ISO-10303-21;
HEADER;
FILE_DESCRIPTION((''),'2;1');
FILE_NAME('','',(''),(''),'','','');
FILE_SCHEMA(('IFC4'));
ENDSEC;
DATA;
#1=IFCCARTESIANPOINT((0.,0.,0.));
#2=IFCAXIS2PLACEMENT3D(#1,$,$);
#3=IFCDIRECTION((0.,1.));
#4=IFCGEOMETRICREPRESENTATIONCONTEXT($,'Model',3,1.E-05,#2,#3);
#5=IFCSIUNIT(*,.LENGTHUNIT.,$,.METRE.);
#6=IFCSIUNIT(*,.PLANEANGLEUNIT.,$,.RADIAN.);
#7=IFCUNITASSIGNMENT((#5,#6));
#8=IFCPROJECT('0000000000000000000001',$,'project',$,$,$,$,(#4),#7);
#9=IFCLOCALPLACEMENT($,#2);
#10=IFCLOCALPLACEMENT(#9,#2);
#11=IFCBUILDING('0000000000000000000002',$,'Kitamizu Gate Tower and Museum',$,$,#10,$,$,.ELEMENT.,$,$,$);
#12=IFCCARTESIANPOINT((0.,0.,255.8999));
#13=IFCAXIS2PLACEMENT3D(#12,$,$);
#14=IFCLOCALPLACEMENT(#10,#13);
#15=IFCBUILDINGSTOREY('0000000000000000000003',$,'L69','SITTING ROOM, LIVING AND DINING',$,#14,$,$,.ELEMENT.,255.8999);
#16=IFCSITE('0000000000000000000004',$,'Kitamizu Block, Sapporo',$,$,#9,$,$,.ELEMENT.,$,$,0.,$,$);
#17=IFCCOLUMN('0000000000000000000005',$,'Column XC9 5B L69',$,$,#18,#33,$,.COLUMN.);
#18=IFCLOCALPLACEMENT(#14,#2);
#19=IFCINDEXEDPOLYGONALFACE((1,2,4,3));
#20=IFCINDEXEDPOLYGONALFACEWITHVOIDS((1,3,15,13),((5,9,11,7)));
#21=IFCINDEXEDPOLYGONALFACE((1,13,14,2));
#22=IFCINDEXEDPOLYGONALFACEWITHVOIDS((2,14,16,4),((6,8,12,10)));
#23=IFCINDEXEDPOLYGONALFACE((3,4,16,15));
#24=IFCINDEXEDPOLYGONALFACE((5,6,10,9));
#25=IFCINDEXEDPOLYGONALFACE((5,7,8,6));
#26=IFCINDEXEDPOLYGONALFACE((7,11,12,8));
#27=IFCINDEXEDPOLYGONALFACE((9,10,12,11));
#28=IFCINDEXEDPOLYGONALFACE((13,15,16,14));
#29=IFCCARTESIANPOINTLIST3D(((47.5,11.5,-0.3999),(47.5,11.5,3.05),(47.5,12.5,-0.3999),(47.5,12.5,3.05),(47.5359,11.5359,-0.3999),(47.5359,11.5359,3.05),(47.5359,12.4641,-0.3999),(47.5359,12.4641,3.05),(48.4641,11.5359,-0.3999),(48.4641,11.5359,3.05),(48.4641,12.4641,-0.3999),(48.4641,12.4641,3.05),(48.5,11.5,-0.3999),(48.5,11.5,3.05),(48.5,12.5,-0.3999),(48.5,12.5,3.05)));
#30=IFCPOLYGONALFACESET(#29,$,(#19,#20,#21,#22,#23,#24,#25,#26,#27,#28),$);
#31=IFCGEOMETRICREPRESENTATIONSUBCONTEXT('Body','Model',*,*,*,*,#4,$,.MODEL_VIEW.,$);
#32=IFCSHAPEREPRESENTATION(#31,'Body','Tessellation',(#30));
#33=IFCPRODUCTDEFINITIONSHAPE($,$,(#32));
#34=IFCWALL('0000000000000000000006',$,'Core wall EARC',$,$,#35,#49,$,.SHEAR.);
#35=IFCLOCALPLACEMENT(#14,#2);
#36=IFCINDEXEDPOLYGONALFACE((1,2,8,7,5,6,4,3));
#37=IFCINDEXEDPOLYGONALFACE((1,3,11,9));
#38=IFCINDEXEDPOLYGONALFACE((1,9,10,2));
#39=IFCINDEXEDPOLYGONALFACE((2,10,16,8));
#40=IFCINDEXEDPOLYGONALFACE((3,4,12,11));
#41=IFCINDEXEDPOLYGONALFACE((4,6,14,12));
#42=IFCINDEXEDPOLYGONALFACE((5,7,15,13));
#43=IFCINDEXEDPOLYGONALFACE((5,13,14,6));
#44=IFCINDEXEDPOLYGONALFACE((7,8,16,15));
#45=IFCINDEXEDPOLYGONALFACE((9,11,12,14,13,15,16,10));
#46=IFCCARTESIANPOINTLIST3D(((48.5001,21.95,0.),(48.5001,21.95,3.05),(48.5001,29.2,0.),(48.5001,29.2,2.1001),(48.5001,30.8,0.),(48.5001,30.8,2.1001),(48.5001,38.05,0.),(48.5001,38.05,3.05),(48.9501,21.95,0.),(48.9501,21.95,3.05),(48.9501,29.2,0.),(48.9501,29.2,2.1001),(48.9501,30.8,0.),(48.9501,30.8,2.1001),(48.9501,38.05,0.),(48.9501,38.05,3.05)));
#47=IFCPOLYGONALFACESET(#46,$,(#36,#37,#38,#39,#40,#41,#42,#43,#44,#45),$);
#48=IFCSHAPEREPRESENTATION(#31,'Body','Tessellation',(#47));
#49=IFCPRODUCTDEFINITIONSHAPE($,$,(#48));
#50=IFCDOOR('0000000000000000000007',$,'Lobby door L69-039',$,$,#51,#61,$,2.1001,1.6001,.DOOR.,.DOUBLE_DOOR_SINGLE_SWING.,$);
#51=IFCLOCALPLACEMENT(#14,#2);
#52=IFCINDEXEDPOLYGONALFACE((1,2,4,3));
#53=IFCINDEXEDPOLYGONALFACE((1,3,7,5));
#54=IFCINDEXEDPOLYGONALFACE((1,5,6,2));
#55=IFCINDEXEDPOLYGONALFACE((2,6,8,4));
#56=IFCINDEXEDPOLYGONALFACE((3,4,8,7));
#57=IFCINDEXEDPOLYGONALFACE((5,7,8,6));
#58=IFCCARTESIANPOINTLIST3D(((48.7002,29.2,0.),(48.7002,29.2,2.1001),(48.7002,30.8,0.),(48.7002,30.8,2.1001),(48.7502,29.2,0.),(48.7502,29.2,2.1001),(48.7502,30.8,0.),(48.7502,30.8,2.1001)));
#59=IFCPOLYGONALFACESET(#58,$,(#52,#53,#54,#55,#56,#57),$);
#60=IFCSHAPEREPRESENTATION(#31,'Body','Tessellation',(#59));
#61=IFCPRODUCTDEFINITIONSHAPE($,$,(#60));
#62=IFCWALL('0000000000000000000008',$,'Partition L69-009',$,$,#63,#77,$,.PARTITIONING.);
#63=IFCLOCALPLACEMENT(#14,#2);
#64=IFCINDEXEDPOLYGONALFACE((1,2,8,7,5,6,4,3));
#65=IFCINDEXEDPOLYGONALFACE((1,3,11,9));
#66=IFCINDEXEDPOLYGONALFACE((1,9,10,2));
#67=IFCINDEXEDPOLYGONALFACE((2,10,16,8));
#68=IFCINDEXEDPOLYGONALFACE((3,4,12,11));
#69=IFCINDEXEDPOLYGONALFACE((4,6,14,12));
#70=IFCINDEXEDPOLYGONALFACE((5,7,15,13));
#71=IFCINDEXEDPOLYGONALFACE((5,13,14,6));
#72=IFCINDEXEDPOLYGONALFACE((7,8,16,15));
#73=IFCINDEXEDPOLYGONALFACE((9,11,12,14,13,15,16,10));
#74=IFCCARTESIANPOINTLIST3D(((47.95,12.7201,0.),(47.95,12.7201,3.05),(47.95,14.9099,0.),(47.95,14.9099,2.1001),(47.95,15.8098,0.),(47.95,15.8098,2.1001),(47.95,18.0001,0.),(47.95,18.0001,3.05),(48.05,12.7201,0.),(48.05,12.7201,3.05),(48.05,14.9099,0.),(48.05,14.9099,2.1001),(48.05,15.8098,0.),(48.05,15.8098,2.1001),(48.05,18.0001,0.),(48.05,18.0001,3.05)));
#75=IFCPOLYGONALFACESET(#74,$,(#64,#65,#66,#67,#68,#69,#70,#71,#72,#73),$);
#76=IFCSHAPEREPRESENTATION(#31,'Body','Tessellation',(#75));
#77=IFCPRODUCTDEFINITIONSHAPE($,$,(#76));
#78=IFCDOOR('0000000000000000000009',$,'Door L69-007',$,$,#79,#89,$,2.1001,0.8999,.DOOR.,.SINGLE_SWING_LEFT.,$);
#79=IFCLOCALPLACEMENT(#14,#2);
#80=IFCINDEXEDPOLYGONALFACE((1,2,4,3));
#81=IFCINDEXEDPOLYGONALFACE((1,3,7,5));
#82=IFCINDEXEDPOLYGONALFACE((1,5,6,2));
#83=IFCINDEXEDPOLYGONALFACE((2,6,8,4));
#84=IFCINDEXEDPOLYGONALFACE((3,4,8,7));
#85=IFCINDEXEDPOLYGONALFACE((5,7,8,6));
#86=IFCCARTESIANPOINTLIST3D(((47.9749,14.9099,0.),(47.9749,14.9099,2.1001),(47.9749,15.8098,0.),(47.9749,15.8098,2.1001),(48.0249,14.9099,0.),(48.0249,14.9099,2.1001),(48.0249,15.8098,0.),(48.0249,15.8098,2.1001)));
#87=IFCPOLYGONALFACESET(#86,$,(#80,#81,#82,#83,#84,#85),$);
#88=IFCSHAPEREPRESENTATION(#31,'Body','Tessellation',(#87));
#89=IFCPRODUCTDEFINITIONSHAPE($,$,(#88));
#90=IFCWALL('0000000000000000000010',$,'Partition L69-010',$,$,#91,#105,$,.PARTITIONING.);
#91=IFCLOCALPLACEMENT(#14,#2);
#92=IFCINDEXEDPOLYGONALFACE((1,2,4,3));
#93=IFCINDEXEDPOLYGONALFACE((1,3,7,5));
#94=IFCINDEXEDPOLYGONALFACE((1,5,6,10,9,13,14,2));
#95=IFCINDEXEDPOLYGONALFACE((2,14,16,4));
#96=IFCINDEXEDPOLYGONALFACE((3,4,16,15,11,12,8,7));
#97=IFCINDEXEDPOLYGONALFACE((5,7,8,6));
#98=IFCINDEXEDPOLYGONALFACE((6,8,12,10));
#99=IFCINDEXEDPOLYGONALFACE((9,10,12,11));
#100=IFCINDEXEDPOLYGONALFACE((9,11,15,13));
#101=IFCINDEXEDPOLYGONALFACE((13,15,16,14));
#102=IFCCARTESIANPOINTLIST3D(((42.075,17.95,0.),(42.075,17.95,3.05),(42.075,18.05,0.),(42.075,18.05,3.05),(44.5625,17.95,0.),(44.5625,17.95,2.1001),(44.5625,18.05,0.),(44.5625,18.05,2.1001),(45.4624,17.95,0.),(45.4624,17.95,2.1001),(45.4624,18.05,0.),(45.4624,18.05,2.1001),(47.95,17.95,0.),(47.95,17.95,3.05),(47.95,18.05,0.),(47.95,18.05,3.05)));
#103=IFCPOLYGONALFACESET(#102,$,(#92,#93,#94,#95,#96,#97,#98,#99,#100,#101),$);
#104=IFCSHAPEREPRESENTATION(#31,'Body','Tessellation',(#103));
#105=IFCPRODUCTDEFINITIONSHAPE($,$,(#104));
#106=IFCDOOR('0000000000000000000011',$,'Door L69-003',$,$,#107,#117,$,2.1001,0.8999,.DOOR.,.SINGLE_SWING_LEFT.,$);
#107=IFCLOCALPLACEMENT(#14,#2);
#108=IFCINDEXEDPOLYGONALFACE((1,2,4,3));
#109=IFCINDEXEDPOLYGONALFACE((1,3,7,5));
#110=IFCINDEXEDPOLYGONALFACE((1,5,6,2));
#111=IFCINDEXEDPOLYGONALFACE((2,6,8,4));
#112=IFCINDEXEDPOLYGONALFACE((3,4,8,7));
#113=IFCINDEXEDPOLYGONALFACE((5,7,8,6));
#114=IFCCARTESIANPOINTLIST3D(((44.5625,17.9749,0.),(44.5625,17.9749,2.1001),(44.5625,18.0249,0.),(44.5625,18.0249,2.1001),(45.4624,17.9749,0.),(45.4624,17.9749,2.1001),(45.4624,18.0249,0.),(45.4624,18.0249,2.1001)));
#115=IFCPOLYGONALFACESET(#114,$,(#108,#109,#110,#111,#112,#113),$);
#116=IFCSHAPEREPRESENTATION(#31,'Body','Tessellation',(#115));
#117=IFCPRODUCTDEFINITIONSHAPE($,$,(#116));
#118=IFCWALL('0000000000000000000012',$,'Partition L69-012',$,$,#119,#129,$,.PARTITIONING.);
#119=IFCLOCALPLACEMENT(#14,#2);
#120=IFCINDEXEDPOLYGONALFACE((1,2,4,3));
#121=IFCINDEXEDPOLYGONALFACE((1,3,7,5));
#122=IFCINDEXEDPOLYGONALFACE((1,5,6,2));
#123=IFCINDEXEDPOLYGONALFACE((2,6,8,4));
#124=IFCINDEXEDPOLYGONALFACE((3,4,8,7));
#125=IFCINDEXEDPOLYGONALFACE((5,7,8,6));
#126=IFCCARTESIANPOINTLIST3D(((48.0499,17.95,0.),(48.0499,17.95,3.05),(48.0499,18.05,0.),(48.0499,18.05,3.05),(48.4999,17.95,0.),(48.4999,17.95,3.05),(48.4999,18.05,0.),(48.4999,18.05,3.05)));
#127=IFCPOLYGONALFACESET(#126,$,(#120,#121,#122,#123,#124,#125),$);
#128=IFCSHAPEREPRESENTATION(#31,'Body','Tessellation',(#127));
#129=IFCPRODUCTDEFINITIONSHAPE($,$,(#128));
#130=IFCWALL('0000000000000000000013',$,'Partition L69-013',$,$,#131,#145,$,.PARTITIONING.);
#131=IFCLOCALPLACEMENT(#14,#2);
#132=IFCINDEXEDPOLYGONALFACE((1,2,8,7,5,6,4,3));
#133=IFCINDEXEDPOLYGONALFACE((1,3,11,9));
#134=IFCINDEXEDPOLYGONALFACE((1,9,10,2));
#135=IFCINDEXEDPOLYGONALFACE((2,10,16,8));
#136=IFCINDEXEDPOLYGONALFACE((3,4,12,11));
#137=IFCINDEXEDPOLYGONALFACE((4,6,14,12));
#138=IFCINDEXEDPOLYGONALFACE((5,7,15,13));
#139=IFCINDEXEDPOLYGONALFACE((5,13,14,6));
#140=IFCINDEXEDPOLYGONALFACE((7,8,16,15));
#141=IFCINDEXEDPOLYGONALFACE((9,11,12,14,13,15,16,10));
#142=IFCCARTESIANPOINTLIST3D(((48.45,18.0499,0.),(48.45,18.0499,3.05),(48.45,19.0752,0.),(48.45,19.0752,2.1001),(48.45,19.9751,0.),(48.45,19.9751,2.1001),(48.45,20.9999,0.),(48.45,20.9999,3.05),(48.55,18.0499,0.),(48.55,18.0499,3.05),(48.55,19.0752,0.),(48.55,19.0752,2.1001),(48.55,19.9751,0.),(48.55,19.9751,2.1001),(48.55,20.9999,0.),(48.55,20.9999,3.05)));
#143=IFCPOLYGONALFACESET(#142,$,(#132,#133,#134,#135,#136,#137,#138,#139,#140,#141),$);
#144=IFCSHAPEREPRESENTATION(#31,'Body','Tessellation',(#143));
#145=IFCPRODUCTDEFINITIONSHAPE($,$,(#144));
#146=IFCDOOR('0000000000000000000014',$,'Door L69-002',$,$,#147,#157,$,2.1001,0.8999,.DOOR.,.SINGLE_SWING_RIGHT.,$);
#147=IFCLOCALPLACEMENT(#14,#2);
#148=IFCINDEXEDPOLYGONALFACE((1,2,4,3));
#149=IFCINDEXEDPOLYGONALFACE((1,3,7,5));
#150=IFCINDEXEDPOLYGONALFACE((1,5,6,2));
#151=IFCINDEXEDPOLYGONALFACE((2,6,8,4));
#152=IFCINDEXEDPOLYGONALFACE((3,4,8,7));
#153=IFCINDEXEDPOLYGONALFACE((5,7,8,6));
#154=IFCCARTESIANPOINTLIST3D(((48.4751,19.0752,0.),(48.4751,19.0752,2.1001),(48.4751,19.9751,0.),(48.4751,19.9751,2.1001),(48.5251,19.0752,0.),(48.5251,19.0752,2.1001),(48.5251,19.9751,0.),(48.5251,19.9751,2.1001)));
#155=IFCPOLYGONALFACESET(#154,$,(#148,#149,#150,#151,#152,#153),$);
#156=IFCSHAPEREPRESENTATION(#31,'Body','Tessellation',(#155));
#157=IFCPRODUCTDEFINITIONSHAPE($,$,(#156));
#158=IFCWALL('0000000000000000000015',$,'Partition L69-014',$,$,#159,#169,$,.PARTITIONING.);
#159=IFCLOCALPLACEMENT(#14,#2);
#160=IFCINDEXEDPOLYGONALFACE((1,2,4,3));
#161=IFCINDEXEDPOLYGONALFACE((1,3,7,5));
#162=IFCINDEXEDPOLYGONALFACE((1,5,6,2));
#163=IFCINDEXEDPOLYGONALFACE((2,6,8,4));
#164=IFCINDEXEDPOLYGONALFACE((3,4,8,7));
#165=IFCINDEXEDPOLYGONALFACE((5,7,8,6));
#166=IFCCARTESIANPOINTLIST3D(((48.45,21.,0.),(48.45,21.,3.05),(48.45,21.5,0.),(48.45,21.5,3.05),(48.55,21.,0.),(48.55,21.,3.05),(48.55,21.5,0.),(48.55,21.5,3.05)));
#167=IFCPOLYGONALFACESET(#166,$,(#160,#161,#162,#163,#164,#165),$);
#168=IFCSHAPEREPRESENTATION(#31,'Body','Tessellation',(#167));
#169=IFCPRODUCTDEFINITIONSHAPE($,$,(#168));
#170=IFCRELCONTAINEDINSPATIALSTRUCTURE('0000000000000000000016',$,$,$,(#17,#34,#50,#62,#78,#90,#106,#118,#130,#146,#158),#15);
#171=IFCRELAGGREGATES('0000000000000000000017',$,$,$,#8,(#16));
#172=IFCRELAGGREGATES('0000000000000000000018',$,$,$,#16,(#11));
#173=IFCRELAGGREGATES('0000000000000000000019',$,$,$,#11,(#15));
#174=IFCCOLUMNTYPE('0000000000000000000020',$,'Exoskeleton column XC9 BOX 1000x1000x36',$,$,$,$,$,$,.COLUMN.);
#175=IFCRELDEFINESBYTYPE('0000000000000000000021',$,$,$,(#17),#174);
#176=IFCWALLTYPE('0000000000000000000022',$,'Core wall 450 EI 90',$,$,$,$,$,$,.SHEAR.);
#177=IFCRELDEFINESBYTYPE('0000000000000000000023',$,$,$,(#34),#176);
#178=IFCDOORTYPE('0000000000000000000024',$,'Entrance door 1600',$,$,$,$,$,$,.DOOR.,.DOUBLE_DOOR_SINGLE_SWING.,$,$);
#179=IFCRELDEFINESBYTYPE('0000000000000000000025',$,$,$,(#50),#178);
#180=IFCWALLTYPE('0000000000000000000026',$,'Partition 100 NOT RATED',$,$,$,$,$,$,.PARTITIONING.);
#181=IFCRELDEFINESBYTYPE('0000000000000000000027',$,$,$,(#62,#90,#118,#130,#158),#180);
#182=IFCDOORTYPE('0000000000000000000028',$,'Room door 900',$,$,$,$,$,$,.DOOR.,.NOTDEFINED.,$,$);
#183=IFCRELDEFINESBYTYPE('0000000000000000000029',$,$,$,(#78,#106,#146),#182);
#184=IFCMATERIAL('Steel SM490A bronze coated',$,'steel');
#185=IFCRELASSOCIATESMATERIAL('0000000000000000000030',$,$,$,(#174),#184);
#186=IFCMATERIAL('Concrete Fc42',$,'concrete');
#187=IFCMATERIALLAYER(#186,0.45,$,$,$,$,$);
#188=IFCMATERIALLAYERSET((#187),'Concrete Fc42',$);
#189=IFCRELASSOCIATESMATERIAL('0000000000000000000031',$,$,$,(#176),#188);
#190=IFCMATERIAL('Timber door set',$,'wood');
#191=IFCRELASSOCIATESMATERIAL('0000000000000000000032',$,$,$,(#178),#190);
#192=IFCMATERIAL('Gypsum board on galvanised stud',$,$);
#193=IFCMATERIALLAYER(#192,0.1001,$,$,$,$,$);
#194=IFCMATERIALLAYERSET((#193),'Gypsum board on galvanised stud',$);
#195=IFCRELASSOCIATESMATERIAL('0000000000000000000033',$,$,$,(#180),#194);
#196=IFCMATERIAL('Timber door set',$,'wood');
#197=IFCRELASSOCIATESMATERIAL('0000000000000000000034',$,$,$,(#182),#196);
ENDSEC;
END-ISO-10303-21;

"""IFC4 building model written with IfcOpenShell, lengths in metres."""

from ifc_helpers import new_model, si_unit, direction, frame, frame_2d, origin, origin_2d, place, context, subcontext, project, spatial, rectangle, hollow_rectangle, extrude, material, layer, layer_set, material_profile, profile_set, type_object, element, fill, save


model = new_model("IFC4")

# Units and contexts
model_context = context("Model", 3, precision=1e-05, world=origin(), true_north=direction((0.0, 1.0)))
body_context = subcontext(model_context, "Body", "Model", "MODEL_VIEW")
ifc_project = project(units=[si_unit("LENGTHUNIT", "METRE"), si_unit("PLANEANGLEUNIT", "RADIAN")], contexts=[model_context])

# Site, building, storey
site_placement = place(None, origin())
site = spatial("IfcSite", under=ifc_project, at=site_placement, Name="Kitamizu Block, Sapporo", CompositionType="ELEMENT", RefElevation=0.0)
building_placement = place(site_placement, origin())
building = spatial("IfcBuilding", under=site, at=building_placement, Name="Kitamizu Gate Tower and Museum", CompositionType="ELEMENT")
storey_placement = place(building_placement, frame((0.0, 0.0, 255.8999)))
storey = spatial("IfcBuildingStorey", under=building, at=storey_placement, Name="L69", Description="SITTING ROOM, LIVING AND DINING", CompositionType="ELEMENT", Elevation=255.8999)

# Column
ifc_material_1 = material(Name="Steel SM490A bronze coated", Category="steel")
ifc_material_profile = material_profile(ifc_material_1, hollow_rectangle(XDim=1.0, YDim=1.0, WallThickness=0.0359, at=origin_2d()), Name="BOX 1000x1000x36")
ifc_profile_set = profile_set([ifc_material_profile], Name="Steel SM490A bronze coated")
column_type = type_object("IfcColumnType", Name="Exoskeleton column XC9 BOX 1000x1000x36", PredefinedType="COLUMN", material=ifc_profile_set)
column_placement = place(storey_placement, frame((48.0, 12.0, -0.3999), z_axis=(0.0, 0.0, 1.0), x_axis=(1.0, 0.0, 0.0)))
element("IfcColumn", 1, at=column_placement, inside=storey, type_object=column_type, Name="Column XC9 5B L69", PredefinedType="COLUMN", context=body_context, shape_type="SweptSolid", body=[
    extrude(hollow_rectangle(XDim=1.0, YDim=1.0, WallThickness=0.0359, at=origin_2d()), origin(), (0.0, 0.0, 1.0), 3.45),
])

# Walls, openings, doors
ifc_material_2 = material(Name="Concrete Fc42", Category="concrete")
ifc_layer_1 = layer(ifc_material_2, 0.45)
ifc_layer_set_1 = layer_set([ifc_layer_1], Name="Concrete Fc42")
wall_type_1 = type_object("IfcWallType", Name="Core wall 450 EI 90", PredefinedType="SHEAR", material=ifc_layer_set_1)
wall_1_placement = place(storey_placement, frame((48.7251, 21.95, 0.0), z_axis=(0.0, 0.0, 1.0), x_axis=(0.0, 1.0, 0.0)))
wall_1 = element("IfcWall", 2, at=wall_1_placement, inside=storey, type_object=wall_type_1, Name="Core wall EARC", PredefinedType="SHEAR", context=body_context, shape_type="SweptSolid", body=[
    extrude(rectangle(XDim=16.1001, YDim=0.45, at=frame_2d((8.05, 0.0))), origin(), (0.0, 0.0, 1.0), 3.05),
])
opening_1_placement = place(wall_1_placement, frame((7.25, 0.0, 0.0)))
opening_1 = element("IfcOpeningElement", 3, at=opening_1_placement, cuts=wall_1, PredefinedType="OPENING", context=body_context, shape_type="SweptSolid", body=[
    extrude(rectangle(XDim=1.6001, YDim=2.1001, at=frame_2d((0.8, 1.05))), frame((0.0, 0.2349, 0.0), z_axis=(0.0, -1.0, 0.0), x_axis=(1.0, 0.0, 0.0)), (0.0, 0.0, 1.0), 0.47),
])
ifc_material_3 = material(Name="Timber door set", Category="wood")
door_type_1 = type_object("IfcDoorType", Name="Entrance door 1600", OperationType="DOUBLE_DOOR_SINGLE_SWING", PredefinedType="DOOR", material=ifc_material_3)
door_1_placement = place(opening_1_placement, origin())
door_1 = element("IfcDoor", 4, at=door_1_placement, inside=storey, type_object=door_type_1, Name="Lobby door L69-039", OperationType="DOUBLE_DOOR_SINGLE_SWING", OverallHeight=2.1001, OverallWidth=1.6001, PredefinedType="DOOR", context=body_context, shape_type="SweptSolid", body=[
    extrude(rectangle(XDim=1.6001, YDim=2.1001, at=frame_2d((0.8, 1.05))), frame((0.0, 0.0249, 0.0), z_axis=(0.0, -1.0, 0.0), x_axis=(1.0, 0.0, 0.0)), (0.0, 0.0, 1.0), 0.05),
])
fill(opening_1, door_1)
ifc_material_4 = material(Name="Gypsum board on galvanised stud")
ifc_layer_2 = layer(ifc_material_4, 0.1001)
ifc_layer_set_2 = layer_set([ifc_layer_2], Name="Gypsum board on galvanised stud")
wall_type_2 = type_object("IfcWallType", Name="Partition 100 NOT RATED", PredefinedType="PARTITIONING", material=ifc_layer_set_2)
wall_2_placement = place(storey_placement, frame((48.0, 12.72, 0.0), z_axis=(0.0, 0.0, 1.0), x_axis=(0.0, 1.0, 0.0)))
wall_2 = element("IfcWall", 5, at=wall_2_placement, inside=storey, type_object=wall_type_2, Name="Partition L69-009", PredefinedType="PARTITIONING", context=body_context, shape_type="SweptSolid", body=[
    extrude(rectangle(XDim=5.28, YDim=0.1001, at=frame_2d((2.6401, 0.0))), origin(), (0.0, 0.0, 1.0), 3.05),
])
opening_2_placement = place(wall_2_placement, frame((2.1899, 0.0, 0.0)))
opening_2 = element("IfcOpeningElement", 6, at=opening_2_placement, cuts=wall_2, PredefinedType="OPENING", context=body_context, shape_type="SweptSolid", body=[
    extrude(rectangle(XDim=0.8999, YDim=2.1001, at=frame_2d((0.45, 1.05))), frame((0.0, 0.0601, 0.0), z_axis=(0.0, -1.0, 0.0), x_axis=(1.0, 0.0, 0.0)), (0.0, 0.0, 1.0), 0.1201),
])
ifc_material_5 = material(Name="Timber door set", Category="wood")
door_type_2 = type_object("IfcDoorType", Name="Room door 900", OperationType="NOTDEFINED", PredefinedType="DOOR", material=ifc_material_5)
door_2_placement = place(opening_2_placement, frame((0.8999, 0.0, 0.0), x_axis=(-1.0, 0.0, 0.0)))
door_2 = element("IfcDoor", 7, at=door_2_placement, inside=storey, type_object=door_type_2, Name="Door L69-007", OperationType="SINGLE_SWING_LEFT", OverallHeight=2.1001, OverallWidth=0.8999, PredefinedType="DOOR", context=body_context, shape_type="SweptSolid", body=[
    extrude(rectangle(XDim=0.8999, YDim=2.1001, at=frame_2d((0.45, 1.05))), frame((0.0, 0.0249, 0.0), z_axis=(0.0, -1.0, 0.0), x_axis=(1.0, 0.0, 0.0)), (0.0, 0.0, 1.0), 0.05),
])
fill(opening_2, door_2)
wall_3_placement = place(storey_placement, frame((47.95, 18.0, 0.0), z_axis=(0.0, 0.0, 1.0), x_axis=(-1.0, 0.0, 0.0)))
wall_3 = element("IfcWall", 8, at=wall_3_placement, inside=storey, type_object=wall_type_2, Name="Partition L69-010", PredefinedType="PARTITIONING", context=body_context, shape_type="SweptSolid", body=[
    extrude(rectangle(XDim=5.875, YDim=0.1001, at=frame_2d((2.9375, 0.0))), origin(), (0.0, 0.0, 1.0), 3.05),
])
opening_3_placement = place(wall_3_placement, frame((2.4875, 0.0, 0.0)))
opening_3 = element("IfcOpeningElement", 9, at=opening_3_placement, cuts=wall_3, PredefinedType="OPENING", context=body_context, shape_type="SweptSolid", body=[
    extrude(rectangle(XDim=0.8999, YDim=2.1001, at=frame_2d((0.45, 1.05))), frame((0.0, 0.0601, 0.0), z_axis=(0.0, -1.0, 0.0), x_axis=(1.0, 0.0, 0.0)), (0.0, 0.0, 1.0), 0.1201),
])
door_3_placement = place(opening_3_placement, frame((0.8999, 0.0, 0.0), x_axis=(-1.0, 0.0, 0.0)))
door_3 = element("IfcDoor", 10, at=door_3_placement, inside=storey, type_object=door_type_2, Name="Door L69-003", OperationType="SINGLE_SWING_LEFT", OverallHeight=2.1001, OverallWidth=0.8999, PredefinedType="DOOR", context=body_context, shape_type="SweptSolid", body=[
    extrude(rectangle(XDim=0.8999, YDim=2.1001, at=frame_2d((0.45, 1.05))), frame((0.0, 0.0249, 0.0), z_axis=(0.0, -1.0, 0.0), x_axis=(1.0, 0.0, 0.0)), (0.0, 0.0, 1.0), 0.05),
])
fill(opening_3, door_3)

# Wall
wall_4_placement = place(storey_placement, frame((48.5, 18.0, 0.0), z_axis=(0.0, 0.0, 1.0), x_axis=(-1.0, 0.0, 0.0)))
element("IfcWall", 11, at=wall_4_placement, inside=storey, type_object=wall_type_2, Name="Partition L69-012", PredefinedType="PARTITIONING", context=body_context, shape_type="SweptSolid", body=[
    extrude(rectangle(XDim=0.45, YDim=0.1001, at=frame_2d((0.2251, 0.0))), origin(), (0.0, 0.0, 1.0), 3.05),
])

# Wall, opening, door
wall_5_placement = place(storey_placement, frame((48.5, 21.0, 0.0), z_axis=(0.0, 0.0, 1.0), x_axis=(0.0, -1.0, 0.0)))
wall_5 = element("IfcWall", 12, at=wall_5_placement, inside=storey, type_object=wall_type_2, Name="Partition L69-013", PredefinedType="PARTITIONING", context=body_context, shape_type="SweptSolid", body=[
    extrude(rectangle(XDim=2.95, YDim=0.1001, at=frame_2d((1.4751, 0.0))), origin(), (0.0, 0.0, 1.0), 3.05),
])
opening_4_placement = place(wall_5_placement, frame((1.0249, 0.0, 0.0)))
opening_4 = element("IfcOpeningElement", 13, at=opening_4_placement, cuts=wall_5, PredefinedType="OPENING", context=body_context, shape_type="SweptSolid", body=[
    extrude(rectangle(XDim=0.8999, YDim=2.1001, at=frame_2d((0.45, 1.05))), frame((0.0, 0.0601, 0.0), z_axis=(0.0, -1.0, 0.0), x_axis=(1.0, 0.0, 0.0)), (0.0, 0.0, 1.0), 0.1201),
])
door_4_placement = place(opening_4_placement, frame((0.8999, 0.0, 0.0), x_axis=(-1.0, 0.0, 0.0)))
door_4 = element("IfcDoor", 14, at=door_4_placement, inside=storey, type_object=door_type_2, Name="Door L69-002", OperationType="SINGLE_SWING_RIGHT", OverallHeight=2.1001, OverallWidth=0.8999, PredefinedType="DOOR", context=body_context, shape_type="SweptSolid", body=[
    extrude(rectangle(XDim=0.8999, YDim=2.1001, at=frame_2d((0.45, 1.05))), frame((0.0, 0.0249, 0.0), z_axis=(0.0, -1.0, 0.0), x_axis=(1.0, 0.0, 0.0)), (0.0, 0.0, 1.0), 0.05),
])
fill(opening_4, door_4)

# Wall
wall_6_placement = place(storey_placement, frame((48.5, 21.5, 0.0), z_axis=(0.0, 0.0, 1.0), x_axis=(0.0, -1.0, 0.0)))
element("IfcWall", 15, at=wall_6_placement, inside=storey, type_object=wall_type_2, Name="Partition L69-014", PredefinedType="PARTITIONING", context=body_context, shape_type="SweptSolid", body=[
    extrude(rectangle(XDim=0.5, YDim=0.1001, at=frame_2d((0.25, 0.0))), origin(), (0.0, 0.0, 1.0), 3.05),
])

save(model, "model.ifc")
